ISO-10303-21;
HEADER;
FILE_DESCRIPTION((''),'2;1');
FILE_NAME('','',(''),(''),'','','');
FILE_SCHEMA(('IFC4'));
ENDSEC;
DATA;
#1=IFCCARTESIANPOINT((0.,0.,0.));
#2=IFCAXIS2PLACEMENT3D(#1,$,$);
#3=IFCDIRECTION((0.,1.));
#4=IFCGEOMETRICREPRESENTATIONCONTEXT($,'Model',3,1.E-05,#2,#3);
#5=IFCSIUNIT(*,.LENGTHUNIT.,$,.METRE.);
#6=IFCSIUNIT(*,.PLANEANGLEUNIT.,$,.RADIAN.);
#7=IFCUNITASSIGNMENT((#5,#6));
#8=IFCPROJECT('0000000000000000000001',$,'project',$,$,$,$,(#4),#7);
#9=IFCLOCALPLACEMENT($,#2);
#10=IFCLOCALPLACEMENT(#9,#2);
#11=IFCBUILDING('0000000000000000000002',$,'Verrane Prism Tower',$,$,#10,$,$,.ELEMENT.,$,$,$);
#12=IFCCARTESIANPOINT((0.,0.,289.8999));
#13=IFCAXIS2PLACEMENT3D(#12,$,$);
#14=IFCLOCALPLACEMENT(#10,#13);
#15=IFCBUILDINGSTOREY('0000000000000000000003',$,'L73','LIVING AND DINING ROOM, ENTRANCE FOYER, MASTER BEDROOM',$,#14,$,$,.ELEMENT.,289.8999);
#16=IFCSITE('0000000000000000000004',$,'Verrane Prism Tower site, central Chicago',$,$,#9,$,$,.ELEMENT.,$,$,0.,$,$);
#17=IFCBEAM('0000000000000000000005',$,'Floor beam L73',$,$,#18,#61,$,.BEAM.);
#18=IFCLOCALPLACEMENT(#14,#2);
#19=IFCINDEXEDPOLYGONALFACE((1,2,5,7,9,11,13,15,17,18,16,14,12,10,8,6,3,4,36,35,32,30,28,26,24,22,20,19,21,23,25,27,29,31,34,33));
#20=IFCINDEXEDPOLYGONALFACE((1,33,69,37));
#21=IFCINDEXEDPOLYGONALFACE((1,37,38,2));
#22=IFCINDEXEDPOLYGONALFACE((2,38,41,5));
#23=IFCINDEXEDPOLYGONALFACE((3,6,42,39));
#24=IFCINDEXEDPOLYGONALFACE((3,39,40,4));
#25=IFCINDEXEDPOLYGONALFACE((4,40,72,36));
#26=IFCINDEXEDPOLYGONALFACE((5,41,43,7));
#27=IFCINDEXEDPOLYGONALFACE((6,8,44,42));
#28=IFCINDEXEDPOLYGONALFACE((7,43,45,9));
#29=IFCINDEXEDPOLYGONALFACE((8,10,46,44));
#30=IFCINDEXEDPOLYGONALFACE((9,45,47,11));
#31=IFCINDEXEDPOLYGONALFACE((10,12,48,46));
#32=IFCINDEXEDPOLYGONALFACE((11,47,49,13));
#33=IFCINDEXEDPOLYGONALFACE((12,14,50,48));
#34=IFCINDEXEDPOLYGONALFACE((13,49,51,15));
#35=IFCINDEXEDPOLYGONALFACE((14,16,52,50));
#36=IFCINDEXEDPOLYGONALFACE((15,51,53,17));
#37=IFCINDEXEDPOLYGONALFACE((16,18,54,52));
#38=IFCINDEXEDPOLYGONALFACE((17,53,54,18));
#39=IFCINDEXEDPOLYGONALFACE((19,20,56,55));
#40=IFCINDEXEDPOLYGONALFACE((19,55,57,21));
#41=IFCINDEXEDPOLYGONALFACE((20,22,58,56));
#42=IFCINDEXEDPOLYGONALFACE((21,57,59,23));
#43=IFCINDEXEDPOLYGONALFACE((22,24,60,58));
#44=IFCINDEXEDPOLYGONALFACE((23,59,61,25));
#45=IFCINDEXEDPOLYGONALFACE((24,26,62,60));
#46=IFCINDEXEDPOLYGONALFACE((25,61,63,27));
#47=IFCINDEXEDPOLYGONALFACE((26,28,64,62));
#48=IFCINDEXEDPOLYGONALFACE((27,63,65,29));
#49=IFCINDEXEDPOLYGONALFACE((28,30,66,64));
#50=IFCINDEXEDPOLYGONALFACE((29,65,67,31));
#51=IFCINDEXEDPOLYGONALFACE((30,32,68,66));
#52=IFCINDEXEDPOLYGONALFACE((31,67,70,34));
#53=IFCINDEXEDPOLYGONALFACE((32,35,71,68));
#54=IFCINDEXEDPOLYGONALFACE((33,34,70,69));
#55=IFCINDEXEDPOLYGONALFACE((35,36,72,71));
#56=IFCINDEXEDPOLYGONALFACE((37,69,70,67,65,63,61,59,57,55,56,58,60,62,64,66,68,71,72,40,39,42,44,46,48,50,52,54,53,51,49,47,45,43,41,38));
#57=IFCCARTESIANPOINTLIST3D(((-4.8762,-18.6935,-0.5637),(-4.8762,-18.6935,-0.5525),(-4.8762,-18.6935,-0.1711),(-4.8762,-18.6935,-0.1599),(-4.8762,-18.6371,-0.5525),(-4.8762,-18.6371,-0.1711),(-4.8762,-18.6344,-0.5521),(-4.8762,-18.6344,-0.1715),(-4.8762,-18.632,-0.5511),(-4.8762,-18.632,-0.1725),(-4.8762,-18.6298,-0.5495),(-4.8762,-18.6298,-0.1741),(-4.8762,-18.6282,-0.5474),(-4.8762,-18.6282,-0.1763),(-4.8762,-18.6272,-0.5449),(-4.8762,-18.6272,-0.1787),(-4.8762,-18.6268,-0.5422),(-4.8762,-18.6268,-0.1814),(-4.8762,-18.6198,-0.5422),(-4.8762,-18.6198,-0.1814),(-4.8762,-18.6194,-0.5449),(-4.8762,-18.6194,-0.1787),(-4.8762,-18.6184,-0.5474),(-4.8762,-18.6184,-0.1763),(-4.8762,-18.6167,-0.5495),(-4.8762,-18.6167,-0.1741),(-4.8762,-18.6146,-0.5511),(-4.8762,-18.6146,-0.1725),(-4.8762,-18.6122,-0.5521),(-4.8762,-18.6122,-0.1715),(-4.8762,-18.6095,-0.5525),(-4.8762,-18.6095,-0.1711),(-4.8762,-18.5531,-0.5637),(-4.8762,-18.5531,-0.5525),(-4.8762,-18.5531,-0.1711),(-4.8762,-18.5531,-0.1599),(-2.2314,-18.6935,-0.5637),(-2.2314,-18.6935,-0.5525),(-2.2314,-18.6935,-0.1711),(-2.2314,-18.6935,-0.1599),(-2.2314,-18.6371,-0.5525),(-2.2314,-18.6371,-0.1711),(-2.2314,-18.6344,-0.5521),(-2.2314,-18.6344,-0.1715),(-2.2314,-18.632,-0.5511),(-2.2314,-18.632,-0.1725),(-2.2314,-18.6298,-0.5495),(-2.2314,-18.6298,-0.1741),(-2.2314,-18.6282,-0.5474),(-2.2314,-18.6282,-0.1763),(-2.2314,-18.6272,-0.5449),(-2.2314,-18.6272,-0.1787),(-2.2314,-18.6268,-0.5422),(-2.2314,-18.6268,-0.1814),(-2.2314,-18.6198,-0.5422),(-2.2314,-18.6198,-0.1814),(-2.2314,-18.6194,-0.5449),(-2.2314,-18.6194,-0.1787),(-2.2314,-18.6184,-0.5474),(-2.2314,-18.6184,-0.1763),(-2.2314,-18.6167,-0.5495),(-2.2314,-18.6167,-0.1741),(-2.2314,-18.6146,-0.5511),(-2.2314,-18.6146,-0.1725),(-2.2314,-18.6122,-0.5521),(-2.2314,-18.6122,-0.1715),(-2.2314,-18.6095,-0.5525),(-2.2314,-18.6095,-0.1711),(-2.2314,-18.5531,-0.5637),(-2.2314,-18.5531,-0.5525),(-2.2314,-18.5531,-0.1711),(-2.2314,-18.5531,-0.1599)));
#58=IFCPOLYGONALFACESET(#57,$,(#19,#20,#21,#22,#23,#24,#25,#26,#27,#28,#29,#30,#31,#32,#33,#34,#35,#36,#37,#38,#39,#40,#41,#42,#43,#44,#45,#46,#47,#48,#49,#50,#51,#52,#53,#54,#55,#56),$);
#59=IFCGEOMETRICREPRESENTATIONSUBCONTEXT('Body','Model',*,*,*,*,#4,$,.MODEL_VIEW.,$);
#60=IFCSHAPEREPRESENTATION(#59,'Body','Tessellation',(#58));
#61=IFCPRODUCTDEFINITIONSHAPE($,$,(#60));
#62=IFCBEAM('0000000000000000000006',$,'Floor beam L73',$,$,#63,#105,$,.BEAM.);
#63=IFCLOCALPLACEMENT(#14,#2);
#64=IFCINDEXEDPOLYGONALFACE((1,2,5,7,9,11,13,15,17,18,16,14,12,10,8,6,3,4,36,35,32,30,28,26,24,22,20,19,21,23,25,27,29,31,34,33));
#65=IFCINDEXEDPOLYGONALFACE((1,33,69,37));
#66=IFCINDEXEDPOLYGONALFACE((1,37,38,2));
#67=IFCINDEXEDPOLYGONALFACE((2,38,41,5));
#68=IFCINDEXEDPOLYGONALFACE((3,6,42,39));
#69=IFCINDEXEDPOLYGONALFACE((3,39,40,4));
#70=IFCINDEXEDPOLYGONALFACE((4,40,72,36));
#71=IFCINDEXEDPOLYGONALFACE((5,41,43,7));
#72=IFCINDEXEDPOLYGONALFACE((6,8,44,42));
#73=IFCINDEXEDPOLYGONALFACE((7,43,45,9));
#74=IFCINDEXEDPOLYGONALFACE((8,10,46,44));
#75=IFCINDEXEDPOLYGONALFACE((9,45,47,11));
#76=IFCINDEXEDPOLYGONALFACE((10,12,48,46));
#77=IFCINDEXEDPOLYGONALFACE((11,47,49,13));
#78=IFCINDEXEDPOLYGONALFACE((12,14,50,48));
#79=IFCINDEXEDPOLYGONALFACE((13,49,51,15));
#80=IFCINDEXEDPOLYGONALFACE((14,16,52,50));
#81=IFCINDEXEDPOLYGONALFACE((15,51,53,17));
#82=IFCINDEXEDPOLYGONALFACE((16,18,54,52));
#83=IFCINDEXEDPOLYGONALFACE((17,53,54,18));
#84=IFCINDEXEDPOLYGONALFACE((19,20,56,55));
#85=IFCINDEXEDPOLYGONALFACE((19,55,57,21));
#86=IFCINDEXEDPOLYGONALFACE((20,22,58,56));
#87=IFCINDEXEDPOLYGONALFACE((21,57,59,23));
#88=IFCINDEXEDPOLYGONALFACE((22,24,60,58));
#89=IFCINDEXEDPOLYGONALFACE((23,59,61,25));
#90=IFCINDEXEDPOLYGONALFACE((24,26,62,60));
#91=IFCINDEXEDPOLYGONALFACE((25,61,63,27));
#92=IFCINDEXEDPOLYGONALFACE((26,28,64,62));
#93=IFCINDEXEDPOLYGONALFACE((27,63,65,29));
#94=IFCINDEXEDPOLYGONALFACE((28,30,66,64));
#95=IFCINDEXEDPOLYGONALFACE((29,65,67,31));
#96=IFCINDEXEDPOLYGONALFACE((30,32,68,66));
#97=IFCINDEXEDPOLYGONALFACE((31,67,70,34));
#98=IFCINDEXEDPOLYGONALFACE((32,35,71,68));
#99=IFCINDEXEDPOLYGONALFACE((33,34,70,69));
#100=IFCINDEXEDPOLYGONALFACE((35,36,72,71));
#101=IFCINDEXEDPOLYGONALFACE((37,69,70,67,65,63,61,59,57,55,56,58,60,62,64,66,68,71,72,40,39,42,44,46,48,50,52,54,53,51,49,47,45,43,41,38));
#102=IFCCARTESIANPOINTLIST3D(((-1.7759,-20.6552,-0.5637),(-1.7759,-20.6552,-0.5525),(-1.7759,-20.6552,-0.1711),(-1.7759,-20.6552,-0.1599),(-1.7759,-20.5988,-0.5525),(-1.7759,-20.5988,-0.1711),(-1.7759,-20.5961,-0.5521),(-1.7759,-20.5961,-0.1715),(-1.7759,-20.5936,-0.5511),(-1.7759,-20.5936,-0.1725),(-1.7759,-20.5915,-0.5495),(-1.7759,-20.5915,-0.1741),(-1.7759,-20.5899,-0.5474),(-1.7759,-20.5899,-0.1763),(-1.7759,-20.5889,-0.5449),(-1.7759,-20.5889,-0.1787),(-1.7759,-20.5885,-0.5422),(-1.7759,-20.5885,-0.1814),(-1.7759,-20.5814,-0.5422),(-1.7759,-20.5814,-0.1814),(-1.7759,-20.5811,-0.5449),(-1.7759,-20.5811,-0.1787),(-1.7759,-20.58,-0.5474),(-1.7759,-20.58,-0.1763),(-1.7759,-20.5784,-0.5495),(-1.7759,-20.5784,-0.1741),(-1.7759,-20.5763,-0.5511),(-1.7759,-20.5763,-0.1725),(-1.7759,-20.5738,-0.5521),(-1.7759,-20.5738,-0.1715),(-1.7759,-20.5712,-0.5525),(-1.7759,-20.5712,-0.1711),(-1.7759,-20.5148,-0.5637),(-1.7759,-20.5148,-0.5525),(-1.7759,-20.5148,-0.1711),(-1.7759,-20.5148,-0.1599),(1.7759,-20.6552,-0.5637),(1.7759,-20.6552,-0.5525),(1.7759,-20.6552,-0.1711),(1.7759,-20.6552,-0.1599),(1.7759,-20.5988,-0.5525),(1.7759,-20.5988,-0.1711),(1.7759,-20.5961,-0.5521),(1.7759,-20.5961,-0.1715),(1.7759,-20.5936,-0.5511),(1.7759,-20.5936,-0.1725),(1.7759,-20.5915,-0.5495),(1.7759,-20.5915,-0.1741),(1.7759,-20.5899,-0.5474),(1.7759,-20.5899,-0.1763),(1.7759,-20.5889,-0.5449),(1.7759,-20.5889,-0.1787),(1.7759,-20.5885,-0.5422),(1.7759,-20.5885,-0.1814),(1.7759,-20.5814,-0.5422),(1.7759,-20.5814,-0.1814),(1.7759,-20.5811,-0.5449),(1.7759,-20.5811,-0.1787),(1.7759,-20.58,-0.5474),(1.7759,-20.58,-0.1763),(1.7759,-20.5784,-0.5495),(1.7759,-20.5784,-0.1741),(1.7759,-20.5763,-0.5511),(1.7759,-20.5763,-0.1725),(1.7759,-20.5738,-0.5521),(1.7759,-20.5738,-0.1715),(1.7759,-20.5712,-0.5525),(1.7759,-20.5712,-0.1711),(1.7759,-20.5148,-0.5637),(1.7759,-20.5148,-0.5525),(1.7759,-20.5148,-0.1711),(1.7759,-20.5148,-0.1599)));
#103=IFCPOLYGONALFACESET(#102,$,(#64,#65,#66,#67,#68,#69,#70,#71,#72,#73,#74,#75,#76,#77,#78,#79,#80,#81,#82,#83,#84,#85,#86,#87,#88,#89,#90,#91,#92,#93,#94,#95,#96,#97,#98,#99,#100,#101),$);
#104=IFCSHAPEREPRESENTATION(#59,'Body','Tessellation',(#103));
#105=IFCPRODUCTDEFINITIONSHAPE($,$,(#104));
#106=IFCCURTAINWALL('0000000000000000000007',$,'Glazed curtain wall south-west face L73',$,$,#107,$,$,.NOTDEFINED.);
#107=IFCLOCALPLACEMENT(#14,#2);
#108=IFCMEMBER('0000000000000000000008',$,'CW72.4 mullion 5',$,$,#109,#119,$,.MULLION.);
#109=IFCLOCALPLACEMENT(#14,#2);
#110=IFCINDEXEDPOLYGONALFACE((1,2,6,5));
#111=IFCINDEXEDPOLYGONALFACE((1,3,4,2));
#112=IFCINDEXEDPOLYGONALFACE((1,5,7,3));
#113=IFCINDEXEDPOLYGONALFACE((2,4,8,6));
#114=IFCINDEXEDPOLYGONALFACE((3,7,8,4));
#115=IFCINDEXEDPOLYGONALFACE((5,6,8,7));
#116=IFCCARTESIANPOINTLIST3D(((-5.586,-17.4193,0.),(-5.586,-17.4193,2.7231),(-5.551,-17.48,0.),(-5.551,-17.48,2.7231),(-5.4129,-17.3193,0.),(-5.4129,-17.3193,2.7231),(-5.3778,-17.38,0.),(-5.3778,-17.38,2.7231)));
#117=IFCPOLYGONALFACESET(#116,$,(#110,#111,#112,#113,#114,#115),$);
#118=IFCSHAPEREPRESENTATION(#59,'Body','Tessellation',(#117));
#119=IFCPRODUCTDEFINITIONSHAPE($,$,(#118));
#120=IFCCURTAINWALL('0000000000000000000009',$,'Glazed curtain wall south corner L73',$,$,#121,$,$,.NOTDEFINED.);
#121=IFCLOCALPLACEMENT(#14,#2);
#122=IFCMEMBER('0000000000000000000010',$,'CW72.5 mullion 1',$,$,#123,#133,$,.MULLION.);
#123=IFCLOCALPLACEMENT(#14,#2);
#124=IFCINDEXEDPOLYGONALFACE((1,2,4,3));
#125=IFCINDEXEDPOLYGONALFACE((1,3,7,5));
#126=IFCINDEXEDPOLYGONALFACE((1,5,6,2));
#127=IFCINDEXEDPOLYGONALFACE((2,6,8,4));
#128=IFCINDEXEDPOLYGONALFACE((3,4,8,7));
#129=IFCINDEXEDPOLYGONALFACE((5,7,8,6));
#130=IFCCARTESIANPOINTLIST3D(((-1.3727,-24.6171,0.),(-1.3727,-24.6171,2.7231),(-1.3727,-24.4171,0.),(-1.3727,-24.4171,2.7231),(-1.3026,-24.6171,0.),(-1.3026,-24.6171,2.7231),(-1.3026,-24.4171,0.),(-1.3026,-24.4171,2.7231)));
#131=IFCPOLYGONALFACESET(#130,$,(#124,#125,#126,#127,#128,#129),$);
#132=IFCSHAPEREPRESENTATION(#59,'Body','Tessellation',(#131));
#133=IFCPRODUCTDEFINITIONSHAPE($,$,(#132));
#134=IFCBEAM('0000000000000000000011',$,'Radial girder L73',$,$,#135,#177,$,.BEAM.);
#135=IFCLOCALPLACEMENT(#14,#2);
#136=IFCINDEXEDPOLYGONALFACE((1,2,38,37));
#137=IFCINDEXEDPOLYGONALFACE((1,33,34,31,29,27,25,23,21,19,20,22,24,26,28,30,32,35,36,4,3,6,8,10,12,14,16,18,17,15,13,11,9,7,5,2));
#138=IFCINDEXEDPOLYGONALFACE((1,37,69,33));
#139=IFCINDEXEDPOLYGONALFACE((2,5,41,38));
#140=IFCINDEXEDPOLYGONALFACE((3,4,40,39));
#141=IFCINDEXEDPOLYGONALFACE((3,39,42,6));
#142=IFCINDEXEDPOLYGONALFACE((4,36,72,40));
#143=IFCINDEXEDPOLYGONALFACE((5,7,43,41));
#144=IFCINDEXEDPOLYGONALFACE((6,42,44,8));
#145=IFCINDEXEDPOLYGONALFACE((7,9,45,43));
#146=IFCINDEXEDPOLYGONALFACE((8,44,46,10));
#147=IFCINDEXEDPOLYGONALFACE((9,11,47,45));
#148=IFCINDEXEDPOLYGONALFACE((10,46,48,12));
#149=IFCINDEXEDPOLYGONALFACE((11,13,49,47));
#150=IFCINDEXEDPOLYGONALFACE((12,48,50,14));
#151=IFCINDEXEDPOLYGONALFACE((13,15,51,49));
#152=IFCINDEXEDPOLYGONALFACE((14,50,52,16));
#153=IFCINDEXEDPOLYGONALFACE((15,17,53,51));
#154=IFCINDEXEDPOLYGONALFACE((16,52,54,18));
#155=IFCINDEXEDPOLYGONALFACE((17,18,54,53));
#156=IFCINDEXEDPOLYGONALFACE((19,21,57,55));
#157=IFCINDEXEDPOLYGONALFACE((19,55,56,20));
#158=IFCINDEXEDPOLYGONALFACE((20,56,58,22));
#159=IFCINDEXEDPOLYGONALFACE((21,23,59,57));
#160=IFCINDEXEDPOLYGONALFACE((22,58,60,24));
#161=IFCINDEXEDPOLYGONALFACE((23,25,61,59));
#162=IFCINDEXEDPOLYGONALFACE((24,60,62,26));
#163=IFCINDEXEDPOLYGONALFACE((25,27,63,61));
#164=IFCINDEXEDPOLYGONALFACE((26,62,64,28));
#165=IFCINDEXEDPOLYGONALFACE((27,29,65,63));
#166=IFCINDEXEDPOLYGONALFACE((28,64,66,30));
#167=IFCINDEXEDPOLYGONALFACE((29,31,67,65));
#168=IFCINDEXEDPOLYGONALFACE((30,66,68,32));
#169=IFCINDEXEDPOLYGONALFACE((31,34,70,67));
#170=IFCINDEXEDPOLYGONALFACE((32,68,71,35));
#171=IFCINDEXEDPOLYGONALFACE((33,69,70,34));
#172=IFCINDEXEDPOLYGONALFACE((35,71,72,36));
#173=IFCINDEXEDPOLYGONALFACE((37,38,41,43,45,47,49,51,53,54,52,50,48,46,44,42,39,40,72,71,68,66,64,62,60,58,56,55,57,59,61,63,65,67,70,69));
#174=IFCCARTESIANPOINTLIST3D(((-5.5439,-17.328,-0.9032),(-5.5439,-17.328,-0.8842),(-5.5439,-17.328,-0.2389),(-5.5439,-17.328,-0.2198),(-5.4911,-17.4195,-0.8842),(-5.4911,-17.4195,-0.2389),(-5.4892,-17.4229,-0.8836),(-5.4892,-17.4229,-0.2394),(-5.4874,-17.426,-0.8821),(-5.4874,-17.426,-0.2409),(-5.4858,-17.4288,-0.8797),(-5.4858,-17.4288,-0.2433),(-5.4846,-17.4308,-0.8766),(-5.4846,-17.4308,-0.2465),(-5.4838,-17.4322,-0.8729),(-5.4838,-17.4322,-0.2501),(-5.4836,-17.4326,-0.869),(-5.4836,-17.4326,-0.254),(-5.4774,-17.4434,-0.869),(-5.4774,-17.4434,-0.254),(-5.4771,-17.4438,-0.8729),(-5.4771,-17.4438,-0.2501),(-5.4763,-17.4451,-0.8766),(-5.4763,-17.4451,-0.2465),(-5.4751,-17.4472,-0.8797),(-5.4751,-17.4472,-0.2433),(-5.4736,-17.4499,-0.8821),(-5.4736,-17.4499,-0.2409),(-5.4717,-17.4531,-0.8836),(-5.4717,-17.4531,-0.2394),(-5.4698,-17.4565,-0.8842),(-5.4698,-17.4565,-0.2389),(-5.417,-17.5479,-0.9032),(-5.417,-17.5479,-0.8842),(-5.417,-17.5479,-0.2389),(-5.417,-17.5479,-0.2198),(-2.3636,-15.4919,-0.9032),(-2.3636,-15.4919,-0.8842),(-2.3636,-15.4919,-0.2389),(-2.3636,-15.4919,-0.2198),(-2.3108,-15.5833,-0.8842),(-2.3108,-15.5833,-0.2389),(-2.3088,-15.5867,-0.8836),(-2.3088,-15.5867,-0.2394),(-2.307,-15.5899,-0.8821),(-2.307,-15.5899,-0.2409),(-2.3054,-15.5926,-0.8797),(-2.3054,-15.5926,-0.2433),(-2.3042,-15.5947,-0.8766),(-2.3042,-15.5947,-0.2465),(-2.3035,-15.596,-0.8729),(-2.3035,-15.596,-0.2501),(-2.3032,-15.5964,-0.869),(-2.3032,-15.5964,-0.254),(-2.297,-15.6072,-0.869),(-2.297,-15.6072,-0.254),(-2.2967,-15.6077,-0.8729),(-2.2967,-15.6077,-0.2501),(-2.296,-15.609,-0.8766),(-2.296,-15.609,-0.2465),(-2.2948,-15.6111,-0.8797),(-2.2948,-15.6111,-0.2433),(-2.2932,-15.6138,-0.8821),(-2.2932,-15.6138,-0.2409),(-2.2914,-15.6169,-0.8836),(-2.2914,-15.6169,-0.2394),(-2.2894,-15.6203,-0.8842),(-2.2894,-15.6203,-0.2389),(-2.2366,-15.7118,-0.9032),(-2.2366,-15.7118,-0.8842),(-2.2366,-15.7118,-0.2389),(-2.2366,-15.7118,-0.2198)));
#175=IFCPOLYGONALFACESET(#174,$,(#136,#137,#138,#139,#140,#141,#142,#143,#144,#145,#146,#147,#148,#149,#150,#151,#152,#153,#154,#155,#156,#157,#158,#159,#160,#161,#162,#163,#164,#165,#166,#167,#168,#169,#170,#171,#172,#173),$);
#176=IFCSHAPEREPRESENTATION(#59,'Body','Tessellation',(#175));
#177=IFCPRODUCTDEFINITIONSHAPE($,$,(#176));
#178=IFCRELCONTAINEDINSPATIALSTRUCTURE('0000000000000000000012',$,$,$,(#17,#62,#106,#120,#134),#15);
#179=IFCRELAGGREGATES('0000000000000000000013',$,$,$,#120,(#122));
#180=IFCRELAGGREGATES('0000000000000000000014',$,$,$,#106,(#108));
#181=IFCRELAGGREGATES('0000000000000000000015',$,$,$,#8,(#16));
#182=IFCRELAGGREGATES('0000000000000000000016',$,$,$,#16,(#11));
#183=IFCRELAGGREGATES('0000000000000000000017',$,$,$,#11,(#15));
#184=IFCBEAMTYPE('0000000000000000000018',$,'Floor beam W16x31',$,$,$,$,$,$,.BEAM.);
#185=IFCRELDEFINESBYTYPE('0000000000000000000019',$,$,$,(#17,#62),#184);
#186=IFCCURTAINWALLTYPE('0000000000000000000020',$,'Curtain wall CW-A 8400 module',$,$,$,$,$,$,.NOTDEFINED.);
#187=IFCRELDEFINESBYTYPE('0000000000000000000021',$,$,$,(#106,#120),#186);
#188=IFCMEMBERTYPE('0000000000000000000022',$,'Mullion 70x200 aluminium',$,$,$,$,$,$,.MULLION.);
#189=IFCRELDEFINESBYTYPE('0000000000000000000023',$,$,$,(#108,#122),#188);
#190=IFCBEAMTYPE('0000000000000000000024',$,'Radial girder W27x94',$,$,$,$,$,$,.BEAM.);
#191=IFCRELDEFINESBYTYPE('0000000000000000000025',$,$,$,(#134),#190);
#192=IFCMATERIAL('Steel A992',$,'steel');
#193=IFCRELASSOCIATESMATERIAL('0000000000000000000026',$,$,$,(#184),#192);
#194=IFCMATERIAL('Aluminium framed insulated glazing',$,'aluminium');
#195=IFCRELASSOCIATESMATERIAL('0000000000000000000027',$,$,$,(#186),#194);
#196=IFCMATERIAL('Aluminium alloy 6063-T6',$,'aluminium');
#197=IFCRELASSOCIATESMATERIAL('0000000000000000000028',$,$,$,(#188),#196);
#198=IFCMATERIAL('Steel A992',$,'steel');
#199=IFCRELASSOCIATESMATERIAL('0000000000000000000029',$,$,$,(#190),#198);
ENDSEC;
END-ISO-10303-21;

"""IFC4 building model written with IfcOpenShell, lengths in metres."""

from ifc_helpers import new_model, si_unit, direction, frame, origin, origin_2d, place, context, subcontext, project, spatial, rectangle, i_section, extrude, material, material_profile, profile_set, type_object, element, aggregate, save


model = new_model("IFC4")

# Units and contexts
model_context = context("Model", 3, precision=1e-05, world=origin(), true_north=direction((0.0, 1.0)))
body_context = subcontext(model_context, "Body", "Model", "MODEL_VIEW")
ifc_project = project(units=[si_unit("LENGTHUNIT", "METRE"), si_unit("PLANEANGLEUNIT", "RADIAN")], contexts=[model_context])

# Site, building, storey
site_placement = place(None, origin())
site = spatial("IfcSite", under=ifc_project, at=site_placement, Name="Verrane Prism Tower site, central Chicago", CompositionType="ELEMENT", RefElevation=0.0)
building_placement = place(site_placement, origin())
building = spatial("IfcBuilding", under=site, at=building_placement, Name="Verrane Prism Tower", CompositionType="ELEMENT")
storey_placement = place(building_placement, frame((0.0, 0.0, 289.8999)))
storey = spatial("IfcBuildingStorey", under=building, at=storey_placement, Name="L73", Description="LIVING AND DINING ROOM, ENTRANCE FOYER, MASTER BEDROOM", CompositionType="ELEMENT", Elevation=289.8999)

# Beams
ifc_material_1 = material(Name="Steel A992", Category="steel")
ifc_material_profile_1 = material_profile(ifc_material_1, i_section(OverallWidth=0.1404, OverallDepth=0.4038, WebThickness=0.0071, FlangeThickness=0.0112, FilletRadius=0.0103, at=origin_2d()), Name="W16x31")
ifc_profile_set_1 = profile_set([ifc_material_profile_1], Name="Steel A992")
beam_type_1 = type_object("IfcBeamType", Name="Floor beam W16x31", PredefinedType="BEAM", material=ifc_profile_set_1)
beam_1_placement = place(storey_placement, frame((-4.8762, -18.6233, -0.3618), z_axis=(1.0, 0.0, 0.0), x_axis=(0.0, 1.0, 0.0)))
element("IfcBeam", 1, at=beam_1_placement, inside=storey, type_object=beam_type_1, Name="Floor beam L73", PredefinedType="BEAM", context=body_context, shape_type="SweptSolid", body=[
    extrude(i_section(OverallWidth=0.1404, OverallDepth=0.4038, WebThickness=0.0071, FlangeThickness=0.0112, FilletRadius=0.0103, at=origin_2d()), origin(), (0.0, 0.0, 1.0), 2.6448),
])
beam_2_placement = place(storey_placement, frame((-1.7759, -20.585, -0.3618), z_axis=(1.0, 0.0, 0.0), x_axis=(0.0, 1.0, 0.0)))
element("IfcBeam", 2, at=beam_2_placement, inside=storey, type_object=beam_type_1, Name="Floor beam L73", PredefinedType="BEAM", context=body_context, shape_type="SweptSolid", body=[
    extrude(i_section(OverallWidth=0.1404, OverallDepth=0.4038, WebThickness=0.0071, FlangeThickness=0.0112, FilletRadius=0.0103, at=origin_2d()), origin(), (0.0, 0.0, 1.0), 3.5518),
])

# Curtain walls, members
ifc_material_2 = material(Name="Aluminium framed insulated glazing", Category="aluminium")
curtain_wall_type = type_object("IfcCurtainWallType", Name="Curtain wall CW-A 8400 module", PredefinedType="NOTDEFINED", material=ifc_material_2)
curtain_wall_1_placement = place(storey_placement, origin())
curtain_wall_1 = element("IfcCurtainWall", 3, at=curtain_wall_1_placement, inside=storey, type_object=curtain_wall_type, Name="Glazed curtain wall south-west face L73", PredefinedType="NOTDEFINED")
ifc_material_3 = material(Name="Aluminium alloy 6063-T6", Category="aluminium")
ifc_material_profile_2 = material_profile(ifc_material_3, rectangle(XDim=0.2, YDim=0.0701, at=origin_2d()), Name="Mullion 70x200 aluminium")
ifc_profile_set_2 = profile_set([ifc_material_profile_2], Name="Aluminium alloy 6063-T6")
member_type_1 = type_object("IfcMemberType", Name="Mullion 70x200 aluminium", PredefinedType="MULLION", material=ifc_profile_set_2)
member_1_placement = place(storey_placement, frame((-5.4819, -17.3997, 0.0), z_axis=(0.0, 0.0, 1.0), x_axis=(0.866025, 0.500001, 0.0)))
member_1 = element("IfcMember", 4, at=member_1_placement, type_object=member_type_1, Name="CW72.4 mullion 5", PredefinedType="MULLION", context=body_context, shape_type="SweptSolid", body=[
    extrude(rectangle(XDim=0.2, YDim=0.0701, at=origin_2d()), origin(), (0.0, 0.0, 1.0), 2.7231),
])
curtain_wall_2_placement = place(storey_placement, origin())
curtain_wall_2 = element("IfcCurtainWall", 5, at=curtain_wall_2_placement, inside=storey, type_object=curtain_wall_type, Name="Glazed curtain wall south corner L73", PredefinedType="NOTDEFINED")
member_2_placement = place(storey_placement, frame((-1.3376, -24.5171, 0.0), z_axis=(0.0, 0.0, 1.0), x_axis=(0.0, 1.0, 0.0)))
member_2 = element("IfcMember", 6, at=member_2_placement, type_object=member_type_1, Name="CW72.5 mullion 1", PredefinedType="MULLION", context=body_context, shape_type="SweptSolid", body=[
    extrude(rectangle(XDim=0.2, YDim=0.0701, at=origin_2d()), origin(), (0.0, 0.0, 1.0), 2.7231),
])

# Beam
ifc_material_4 = material(Name="Steel A992", Category="steel")
ifc_material_profile_3 = material_profile(ifc_material_4, i_section(OverallWidth=0.2539, OverallDepth=0.6833, WebThickness=0.0125, FlangeThickness=0.019, FilletRadius=0.0151, at=origin_2d()), Name="W27x94")
ifc_profile_set_3 = profile_set([ifc_material_profile_3], Name="Steel A992")
beam_type_2 = type_object("IfcBeamType", Name="Radial girder W27x94", PredefinedType="BEAM", material=ifc_profile_set_3)
beam_3_placement = place(storey_placement, frame((-5.4805, -17.438, -0.5615), z_axis=(0.866029, 0.499993, 0.0), x_axis=(-0.499993, 0.866029, 0.0)))
element("IfcBeam", 7, at=beam_3_placement, inside=storey, type_object=beam_type_2, Name="Radial girder L73", PredefinedType="BEAM", context=body_context, shape_type="SweptSolid", body=[
    extrude(i_section(OverallWidth=0.2539, OverallDepth=0.6833, WebThickness=0.0125, FlangeThickness=0.019, FilletRadius=0.0151, at=origin_2d()), origin(), (0.0, 0.0, 1.0), 3.6724),
])

aggregate(curtain_wall_2, [member_2])

aggregate(curtain_wall_1, [member_1])

save(model, "model.ifc")
